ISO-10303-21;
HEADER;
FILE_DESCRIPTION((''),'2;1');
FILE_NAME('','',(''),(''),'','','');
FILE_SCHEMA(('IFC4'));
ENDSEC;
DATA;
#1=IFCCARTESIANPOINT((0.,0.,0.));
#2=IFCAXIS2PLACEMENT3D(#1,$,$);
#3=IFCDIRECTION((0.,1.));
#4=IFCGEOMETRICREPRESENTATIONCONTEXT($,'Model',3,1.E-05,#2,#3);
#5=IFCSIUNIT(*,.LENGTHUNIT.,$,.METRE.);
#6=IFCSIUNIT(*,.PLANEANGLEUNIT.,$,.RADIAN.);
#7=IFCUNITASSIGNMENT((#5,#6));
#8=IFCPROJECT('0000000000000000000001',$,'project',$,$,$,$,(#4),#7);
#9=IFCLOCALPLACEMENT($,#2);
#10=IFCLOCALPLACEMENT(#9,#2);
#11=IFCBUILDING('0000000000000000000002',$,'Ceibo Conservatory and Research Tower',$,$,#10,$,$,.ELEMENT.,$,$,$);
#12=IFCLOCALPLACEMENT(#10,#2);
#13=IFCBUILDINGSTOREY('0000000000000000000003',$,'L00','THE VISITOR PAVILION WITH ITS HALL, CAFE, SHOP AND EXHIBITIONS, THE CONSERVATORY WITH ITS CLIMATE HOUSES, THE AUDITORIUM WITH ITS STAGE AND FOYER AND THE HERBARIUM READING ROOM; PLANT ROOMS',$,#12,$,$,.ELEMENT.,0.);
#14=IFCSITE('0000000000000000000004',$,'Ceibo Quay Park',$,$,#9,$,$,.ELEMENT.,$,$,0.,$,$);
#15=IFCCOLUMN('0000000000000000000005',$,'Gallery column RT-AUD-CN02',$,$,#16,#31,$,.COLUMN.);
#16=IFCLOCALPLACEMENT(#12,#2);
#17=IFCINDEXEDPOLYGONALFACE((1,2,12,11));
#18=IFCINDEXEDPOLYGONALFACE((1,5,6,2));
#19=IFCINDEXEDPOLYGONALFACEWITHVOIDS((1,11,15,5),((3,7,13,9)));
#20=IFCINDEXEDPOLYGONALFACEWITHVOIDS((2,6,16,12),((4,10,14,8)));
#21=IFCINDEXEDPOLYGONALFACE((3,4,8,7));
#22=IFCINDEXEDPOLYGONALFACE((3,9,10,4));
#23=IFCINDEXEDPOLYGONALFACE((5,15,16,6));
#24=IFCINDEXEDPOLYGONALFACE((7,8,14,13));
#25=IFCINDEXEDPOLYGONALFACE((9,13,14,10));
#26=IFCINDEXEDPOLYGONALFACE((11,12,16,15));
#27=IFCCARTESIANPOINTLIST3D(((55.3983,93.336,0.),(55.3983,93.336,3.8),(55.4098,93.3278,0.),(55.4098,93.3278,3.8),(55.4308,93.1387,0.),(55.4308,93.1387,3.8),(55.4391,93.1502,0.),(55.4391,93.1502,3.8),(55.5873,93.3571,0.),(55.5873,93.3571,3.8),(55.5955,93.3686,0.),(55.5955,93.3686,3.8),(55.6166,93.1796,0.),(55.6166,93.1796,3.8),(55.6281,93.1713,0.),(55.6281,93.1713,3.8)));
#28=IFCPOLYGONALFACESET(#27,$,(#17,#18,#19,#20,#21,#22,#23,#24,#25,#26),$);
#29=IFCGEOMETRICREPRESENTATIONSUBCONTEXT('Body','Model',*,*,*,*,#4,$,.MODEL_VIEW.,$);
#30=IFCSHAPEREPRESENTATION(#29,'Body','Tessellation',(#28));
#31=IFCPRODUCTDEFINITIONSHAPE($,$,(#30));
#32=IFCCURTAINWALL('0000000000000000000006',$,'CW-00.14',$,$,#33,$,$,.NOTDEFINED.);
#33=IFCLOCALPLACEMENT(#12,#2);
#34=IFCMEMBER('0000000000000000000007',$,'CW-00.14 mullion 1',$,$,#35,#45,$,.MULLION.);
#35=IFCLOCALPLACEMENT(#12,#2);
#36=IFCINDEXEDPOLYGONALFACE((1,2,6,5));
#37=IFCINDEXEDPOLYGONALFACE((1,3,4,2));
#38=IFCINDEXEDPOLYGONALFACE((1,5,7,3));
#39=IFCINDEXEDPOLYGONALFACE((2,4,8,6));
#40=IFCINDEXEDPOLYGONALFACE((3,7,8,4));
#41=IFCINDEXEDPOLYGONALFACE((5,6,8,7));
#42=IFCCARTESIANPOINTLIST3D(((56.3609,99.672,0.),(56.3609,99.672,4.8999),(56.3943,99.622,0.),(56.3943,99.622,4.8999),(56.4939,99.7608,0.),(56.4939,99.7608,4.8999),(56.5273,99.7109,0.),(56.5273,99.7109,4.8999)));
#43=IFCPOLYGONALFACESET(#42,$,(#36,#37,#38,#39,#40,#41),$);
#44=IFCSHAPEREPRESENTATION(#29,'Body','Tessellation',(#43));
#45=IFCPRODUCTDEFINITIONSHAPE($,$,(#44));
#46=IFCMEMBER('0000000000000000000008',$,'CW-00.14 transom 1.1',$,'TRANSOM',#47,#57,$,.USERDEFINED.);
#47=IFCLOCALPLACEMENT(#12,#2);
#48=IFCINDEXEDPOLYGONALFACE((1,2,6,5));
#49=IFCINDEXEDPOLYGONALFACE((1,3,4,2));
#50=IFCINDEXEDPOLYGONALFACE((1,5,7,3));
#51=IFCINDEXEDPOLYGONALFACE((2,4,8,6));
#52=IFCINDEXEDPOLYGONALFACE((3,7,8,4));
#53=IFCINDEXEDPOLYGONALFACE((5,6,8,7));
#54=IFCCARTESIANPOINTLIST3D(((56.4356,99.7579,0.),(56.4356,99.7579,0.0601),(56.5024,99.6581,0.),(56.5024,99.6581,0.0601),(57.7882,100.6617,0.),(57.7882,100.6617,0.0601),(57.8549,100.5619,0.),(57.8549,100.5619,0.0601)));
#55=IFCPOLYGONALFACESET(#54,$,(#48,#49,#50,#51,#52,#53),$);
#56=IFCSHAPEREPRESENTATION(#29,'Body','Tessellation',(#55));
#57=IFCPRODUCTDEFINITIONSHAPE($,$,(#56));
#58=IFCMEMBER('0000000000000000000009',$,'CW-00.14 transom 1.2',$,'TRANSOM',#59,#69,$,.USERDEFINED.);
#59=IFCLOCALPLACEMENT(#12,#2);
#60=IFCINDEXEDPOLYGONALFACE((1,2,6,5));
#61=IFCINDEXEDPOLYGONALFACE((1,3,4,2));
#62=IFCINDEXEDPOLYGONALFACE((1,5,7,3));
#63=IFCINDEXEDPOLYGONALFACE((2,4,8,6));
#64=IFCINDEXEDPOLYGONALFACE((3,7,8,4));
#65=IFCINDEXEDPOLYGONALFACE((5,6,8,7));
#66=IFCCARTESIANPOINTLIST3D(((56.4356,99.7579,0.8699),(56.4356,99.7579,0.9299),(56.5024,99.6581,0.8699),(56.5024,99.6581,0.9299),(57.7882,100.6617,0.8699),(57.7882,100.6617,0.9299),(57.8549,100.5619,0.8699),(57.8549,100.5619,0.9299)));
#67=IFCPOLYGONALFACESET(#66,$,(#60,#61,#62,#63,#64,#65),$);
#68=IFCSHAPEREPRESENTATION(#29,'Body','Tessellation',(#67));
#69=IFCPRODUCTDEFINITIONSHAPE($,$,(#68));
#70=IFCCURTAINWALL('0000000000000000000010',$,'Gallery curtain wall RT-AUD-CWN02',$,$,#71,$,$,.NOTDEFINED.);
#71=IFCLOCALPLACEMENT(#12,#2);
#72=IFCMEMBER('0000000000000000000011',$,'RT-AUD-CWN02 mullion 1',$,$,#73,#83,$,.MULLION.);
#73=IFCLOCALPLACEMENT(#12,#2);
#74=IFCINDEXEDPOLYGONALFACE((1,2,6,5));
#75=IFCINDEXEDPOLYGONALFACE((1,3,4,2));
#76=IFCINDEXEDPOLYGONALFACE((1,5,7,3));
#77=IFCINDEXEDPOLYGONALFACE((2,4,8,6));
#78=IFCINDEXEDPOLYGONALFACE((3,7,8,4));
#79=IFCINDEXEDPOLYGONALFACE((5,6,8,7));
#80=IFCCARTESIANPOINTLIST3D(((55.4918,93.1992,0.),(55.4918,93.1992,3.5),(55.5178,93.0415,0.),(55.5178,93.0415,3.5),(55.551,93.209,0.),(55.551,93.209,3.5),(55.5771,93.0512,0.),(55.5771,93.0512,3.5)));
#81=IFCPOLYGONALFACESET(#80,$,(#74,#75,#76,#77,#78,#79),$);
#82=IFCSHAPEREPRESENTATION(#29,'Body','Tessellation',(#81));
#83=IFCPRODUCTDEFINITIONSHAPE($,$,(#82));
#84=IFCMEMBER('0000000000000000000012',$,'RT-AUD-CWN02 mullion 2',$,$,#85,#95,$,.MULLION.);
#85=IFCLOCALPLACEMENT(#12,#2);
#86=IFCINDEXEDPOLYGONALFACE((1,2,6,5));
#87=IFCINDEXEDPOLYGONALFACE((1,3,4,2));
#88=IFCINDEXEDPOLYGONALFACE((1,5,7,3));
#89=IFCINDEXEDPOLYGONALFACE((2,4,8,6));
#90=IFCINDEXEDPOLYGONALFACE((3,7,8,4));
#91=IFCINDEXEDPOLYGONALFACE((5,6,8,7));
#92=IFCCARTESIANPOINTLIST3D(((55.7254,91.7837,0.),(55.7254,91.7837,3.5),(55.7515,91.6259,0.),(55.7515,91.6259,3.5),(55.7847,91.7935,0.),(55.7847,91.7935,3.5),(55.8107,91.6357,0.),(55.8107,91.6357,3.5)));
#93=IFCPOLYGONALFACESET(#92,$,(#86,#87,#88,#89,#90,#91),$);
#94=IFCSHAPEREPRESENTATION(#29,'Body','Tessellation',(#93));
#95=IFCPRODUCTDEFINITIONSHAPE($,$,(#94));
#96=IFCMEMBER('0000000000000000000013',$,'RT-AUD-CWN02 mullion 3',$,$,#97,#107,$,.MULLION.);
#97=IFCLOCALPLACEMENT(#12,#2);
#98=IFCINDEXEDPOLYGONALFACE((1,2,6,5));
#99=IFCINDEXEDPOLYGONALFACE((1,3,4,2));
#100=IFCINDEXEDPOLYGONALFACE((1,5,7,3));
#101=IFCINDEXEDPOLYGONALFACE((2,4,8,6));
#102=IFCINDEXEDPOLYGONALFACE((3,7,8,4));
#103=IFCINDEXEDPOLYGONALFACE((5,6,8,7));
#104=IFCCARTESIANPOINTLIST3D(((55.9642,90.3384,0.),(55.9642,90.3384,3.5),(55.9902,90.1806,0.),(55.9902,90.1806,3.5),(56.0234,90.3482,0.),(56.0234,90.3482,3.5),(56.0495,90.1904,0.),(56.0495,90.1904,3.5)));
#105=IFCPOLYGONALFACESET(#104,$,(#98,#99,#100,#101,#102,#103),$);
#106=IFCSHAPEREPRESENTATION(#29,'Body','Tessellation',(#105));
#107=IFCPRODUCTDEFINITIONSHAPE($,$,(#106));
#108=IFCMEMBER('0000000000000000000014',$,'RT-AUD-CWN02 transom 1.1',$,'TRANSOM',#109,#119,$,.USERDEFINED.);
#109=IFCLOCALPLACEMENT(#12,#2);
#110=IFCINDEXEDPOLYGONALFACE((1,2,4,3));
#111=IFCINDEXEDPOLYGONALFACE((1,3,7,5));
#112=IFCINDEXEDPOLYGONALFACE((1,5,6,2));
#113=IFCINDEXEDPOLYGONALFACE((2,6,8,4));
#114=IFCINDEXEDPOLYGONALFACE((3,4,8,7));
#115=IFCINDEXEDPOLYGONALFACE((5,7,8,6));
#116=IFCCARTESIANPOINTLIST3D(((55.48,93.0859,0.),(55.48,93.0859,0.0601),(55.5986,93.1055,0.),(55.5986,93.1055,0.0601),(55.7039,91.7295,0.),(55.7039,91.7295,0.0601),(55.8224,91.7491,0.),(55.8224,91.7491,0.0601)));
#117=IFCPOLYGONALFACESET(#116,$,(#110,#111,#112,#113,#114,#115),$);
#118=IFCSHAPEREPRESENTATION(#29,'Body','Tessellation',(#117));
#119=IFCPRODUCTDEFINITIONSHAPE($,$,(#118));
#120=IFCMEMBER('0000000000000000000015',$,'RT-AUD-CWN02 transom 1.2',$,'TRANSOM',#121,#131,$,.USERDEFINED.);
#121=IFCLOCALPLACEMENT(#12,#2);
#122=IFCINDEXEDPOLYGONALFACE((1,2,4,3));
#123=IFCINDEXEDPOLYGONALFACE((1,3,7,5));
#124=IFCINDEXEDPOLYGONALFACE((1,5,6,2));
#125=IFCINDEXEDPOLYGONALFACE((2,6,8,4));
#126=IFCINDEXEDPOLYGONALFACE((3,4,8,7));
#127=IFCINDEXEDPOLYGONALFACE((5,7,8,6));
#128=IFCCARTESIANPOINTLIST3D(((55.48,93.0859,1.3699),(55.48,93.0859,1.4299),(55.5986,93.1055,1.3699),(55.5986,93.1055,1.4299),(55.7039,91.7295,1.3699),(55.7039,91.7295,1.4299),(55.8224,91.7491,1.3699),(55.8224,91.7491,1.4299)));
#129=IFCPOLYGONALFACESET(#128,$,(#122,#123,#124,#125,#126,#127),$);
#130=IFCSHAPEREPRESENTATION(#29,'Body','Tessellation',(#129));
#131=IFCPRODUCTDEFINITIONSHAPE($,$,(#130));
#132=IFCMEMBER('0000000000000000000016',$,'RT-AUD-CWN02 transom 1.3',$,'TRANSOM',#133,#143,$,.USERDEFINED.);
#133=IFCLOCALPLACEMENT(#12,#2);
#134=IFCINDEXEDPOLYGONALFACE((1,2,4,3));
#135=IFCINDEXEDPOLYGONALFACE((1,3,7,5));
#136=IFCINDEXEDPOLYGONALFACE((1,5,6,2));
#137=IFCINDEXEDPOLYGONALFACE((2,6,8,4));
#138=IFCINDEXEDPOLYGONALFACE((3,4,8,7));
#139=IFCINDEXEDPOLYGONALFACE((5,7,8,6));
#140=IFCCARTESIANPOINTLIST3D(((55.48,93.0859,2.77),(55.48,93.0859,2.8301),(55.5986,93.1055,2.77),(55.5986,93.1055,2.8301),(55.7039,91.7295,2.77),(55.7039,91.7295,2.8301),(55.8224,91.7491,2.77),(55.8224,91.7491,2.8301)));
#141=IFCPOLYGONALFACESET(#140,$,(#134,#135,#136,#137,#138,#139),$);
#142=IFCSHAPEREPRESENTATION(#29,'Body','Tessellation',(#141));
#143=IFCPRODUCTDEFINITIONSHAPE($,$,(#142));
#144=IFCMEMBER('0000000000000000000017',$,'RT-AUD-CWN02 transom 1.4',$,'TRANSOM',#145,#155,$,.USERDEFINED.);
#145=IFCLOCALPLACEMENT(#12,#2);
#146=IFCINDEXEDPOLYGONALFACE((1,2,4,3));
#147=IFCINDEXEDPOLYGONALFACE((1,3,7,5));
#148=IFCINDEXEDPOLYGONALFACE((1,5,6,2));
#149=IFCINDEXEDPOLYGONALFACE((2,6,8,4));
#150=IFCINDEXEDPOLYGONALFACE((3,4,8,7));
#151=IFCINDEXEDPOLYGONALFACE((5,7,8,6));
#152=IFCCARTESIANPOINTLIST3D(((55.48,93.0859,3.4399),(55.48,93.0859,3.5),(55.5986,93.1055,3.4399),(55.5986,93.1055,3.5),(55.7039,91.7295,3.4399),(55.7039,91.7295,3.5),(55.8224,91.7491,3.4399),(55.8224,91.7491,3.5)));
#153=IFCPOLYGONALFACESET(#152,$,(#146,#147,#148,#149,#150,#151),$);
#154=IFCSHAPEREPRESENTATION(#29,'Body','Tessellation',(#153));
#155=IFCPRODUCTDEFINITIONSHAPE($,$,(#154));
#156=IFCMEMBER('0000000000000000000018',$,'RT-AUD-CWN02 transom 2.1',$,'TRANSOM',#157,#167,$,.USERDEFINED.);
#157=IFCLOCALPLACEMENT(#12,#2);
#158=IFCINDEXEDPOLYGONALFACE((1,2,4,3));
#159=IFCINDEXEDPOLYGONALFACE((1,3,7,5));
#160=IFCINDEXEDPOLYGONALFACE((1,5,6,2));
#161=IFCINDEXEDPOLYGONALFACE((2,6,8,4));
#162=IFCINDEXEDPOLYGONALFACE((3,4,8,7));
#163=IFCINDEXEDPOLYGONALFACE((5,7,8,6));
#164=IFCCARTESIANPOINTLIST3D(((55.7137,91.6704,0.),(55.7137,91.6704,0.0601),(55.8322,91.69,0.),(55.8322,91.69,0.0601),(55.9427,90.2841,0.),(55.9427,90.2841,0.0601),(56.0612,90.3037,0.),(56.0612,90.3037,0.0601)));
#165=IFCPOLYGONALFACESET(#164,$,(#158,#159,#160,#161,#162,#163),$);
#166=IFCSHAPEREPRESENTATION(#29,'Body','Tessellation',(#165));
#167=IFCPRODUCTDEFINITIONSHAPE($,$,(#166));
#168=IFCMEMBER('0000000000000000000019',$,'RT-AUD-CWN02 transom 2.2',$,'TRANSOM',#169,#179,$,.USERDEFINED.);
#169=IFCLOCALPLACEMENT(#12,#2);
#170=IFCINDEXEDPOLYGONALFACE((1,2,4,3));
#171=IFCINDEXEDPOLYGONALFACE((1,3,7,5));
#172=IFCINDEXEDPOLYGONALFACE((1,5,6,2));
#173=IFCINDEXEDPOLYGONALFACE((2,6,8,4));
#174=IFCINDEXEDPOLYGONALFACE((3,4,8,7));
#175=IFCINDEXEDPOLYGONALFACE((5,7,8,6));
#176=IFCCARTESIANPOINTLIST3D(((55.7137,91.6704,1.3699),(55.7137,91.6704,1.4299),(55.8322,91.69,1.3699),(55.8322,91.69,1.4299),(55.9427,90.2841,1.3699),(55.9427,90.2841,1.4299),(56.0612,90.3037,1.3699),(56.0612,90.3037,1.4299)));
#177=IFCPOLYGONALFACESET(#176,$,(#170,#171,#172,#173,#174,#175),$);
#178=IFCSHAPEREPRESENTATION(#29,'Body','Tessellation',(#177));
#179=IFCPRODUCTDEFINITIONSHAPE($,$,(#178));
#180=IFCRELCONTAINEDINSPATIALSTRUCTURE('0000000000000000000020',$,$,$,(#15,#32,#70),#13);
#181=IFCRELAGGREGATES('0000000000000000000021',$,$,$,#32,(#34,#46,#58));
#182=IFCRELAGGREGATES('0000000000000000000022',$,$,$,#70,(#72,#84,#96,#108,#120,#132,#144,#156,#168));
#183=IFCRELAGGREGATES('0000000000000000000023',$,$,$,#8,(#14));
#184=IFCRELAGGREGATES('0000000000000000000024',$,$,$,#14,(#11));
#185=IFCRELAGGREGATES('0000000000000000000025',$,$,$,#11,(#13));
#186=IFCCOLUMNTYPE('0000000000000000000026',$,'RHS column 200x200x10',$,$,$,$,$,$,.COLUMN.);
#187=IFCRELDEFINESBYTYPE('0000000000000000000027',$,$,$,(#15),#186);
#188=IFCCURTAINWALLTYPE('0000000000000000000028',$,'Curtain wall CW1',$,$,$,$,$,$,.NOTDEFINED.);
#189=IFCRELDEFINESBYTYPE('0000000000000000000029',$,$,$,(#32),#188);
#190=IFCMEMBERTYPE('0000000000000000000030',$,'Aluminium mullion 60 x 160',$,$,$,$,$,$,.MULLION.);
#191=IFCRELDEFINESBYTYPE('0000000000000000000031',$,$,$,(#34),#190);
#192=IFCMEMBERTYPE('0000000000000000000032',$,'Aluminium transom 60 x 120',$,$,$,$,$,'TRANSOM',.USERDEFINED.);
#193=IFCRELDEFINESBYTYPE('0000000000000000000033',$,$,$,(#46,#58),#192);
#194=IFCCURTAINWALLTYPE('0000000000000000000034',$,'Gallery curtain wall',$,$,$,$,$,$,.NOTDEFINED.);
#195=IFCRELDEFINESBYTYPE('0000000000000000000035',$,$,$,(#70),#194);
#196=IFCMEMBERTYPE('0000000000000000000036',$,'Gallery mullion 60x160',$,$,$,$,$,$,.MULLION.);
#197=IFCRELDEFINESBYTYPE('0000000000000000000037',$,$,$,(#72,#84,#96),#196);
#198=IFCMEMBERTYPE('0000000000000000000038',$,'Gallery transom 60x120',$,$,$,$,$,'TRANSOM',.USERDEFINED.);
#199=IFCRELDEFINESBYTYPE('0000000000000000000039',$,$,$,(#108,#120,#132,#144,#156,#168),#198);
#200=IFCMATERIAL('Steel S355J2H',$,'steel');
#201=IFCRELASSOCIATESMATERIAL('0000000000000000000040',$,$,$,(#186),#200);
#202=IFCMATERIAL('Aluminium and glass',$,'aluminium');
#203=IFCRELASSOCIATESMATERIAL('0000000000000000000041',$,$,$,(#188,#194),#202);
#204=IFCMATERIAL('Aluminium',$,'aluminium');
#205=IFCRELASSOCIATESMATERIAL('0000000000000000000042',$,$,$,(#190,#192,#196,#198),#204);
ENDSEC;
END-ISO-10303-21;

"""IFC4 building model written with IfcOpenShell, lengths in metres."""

from ifc_helpers import new_model, si_unit, direction, frame, origin, origin_2d, place, context, subcontext, project, spatial, rectangle, hollow_rectangle, extrude, material, material_profile, profile_set, type_object, element, aggregate, save


model = new_model("IFC4")

# Units and contexts
model_context = context("Model", 3, precision=1e-05, world=origin(), true_north=direction((0.0, 1.0)))
body_context = subcontext(model_context, "Body", "Model", "MODEL_VIEW")
ifc_project = project(units=[si_unit("LENGTHUNIT", "METRE"), si_unit("PLANEANGLEUNIT", "RADIAN")], contexts=[model_context])

# Site, building, storey
site_placement = place(None, origin())
site = spatial("IfcSite", under=ifc_project, at=site_placement, Name="Ceibo Quay Park", CompositionType="ELEMENT", RefElevation=0.0)
building_placement = place(site_placement, origin())
building = spatial("IfcBuilding", under=site, at=building_placement, Name="Ceibo Conservatory and Research Tower", CompositionType="ELEMENT")
storey_placement = place(building_placement, origin())
storey = spatial("IfcBuildingStorey", under=building, at=storey_placement, Name="L00", Description="THE VISITOR PAVILION WITH ITS HALL, CAFE, SHOP AND EXHIBITIONS, THE CONSERVATORY WITH ITS CLIMATE HOUSES, THE AUDITORIUM WITH ITS STAGE AND FOYER AND THE HERBARIUM READING ROOM; PLANT ROOMS", CompositionType="ELEMENT", Elevation=0.0)

# Column
ifc_material_1 = material(Name="Steel S355J2H", Category="steel")
ifc_material_profile_1 = material_profile(ifc_material_1, hollow_rectangle(XDim=0.2, YDim=0.2, WallThickness=0.01, at=origin_2d()), Name="RHS column 200x200x10")
ifc_profile_set_1 = profile_set([ifc_material_profile_1], Name="Steel S355J2H")
column_type = type_object("IfcColumnType", Name="RHS column 200x200x10", PredefinedType="COLUMN", material=ifc_profile_set_1)
column_placement = place(storey_placement, frame((55.5132, 93.2537, 0.0), z_axis=(0.0, 0.0, 1.0), x_axis=(0.162895, -0.986643, 0.0)))
element("IfcColumn", 1, at=column_placement, inside=storey, type_object=column_type, Name="Gallery column RT-AUD-CN02", PredefinedType="COLUMN", context=body_context, shape_type="SweptSolid", body=[
    extrude(hollow_rectangle(XDim=0.2, YDim=0.2, WallThickness=0.01, at=origin_2d()), origin(), (0.0, 0.0, 1.0), 3.8),
])

# Curtain walls, members
ifc_material_2 = material(Name="Aluminium and glass", Category="aluminium")
curtain_wall_type_1 = type_object("IfcCurtainWallType", Name="Curtain wall CW1", PredefinedType="NOTDEFINED", material=ifc_material_2)
curtain_wall_1_placement = place(storey_placement, origin())
curtain_wall_1 = element("IfcCurtainWall", 2, at=curtain_wall_1_placement, inside=storey, type_object=curtain_wall_type_1, Name="CW-00.14", PredefinedType="NOTDEFINED")
ifc_material_3 = material(Name="Aluminium", Category="aluminium")
ifc_material_profile_2 = material_profile(ifc_material_3, rectangle(XDim=0.0601, YDim=0.1599, at=origin_2d()), Name="Aluminium 60 x 160")
ifc_profile_set_2 = profile_set([ifc_material_profile_2], Name="Aluminium")
member_type_1 = type_object("IfcMemberType", Name="Aluminium mullion 60 x 160", PredefinedType="MULLION", material=ifc_profile_set_2)
member_1_placement = place(storey_placement, frame((56.4441, 99.6914, 0.0), z_axis=(0.0, 0.0, 1.0), x_axis=(-0.55557, 0.83147, 0.0)))
member_1 = element("IfcMember", 3, at=member_1_placement, type_object=member_type_1, Name="CW-00.14 mullion 1", PredefinedType="MULLION", context=body_context, shape_type="SweptSolid", body=[
    extrude(rectangle(XDim=0.0601, YDim=0.1599, at=origin_2d()), origin(), (0.0, 0.0, 1.0), 4.8999),
])
ifc_material_profile_3 = material_profile(ifc_material_3, rectangle(XDim=0.1201, YDim=0.0601, at=origin_2d()), Name="Aluminium 60 x 120")
ifc_profile_set_3 = profile_set([ifc_material_profile_3], Name="Aluminium")
member_type_2 = type_object("IfcMemberType", Name="Aluminium transom 60 x 120", ElementType="TRANSOM", PredefinedType="USERDEFINED", material=ifc_profile_set_3)
member_2_placement = place(storey_placement, frame((56.469, 99.708, 0.03), z_axis=(0.831449, 0.5556, 0.0), x_axis=(-0.5556, 0.831449, 0.0)))
member_2 = element("IfcMember", 4, at=member_2_placement, type_object=member_type_2, Name="CW-00.14 transom 1.1", ObjectType="TRANSOM", PredefinedType="USERDEFINED", context=body_context, shape_type="SweptSolid", body=[
    extrude(rectangle(XDim=0.1201, YDim=0.0601, at=origin_2d()), origin(), (0.0, 0.0, 1.0), 1.6267),
])
member_3_placement = place(storey_placement, frame((56.469, 99.708, 0.8999), z_axis=(0.831449, 0.5556, 0.0), x_axis=(-0.5556, 0.831449, 0.0)))
member_3 = element("IfcMember", 5, at=member_3_placement, type_object=member_type_2, Name="CW-00.14 transom 1.2", ObjectType="TRANSOM", PredefinedType="USERDEFINED", context=body_context, shape_type="SweptSolid", body=[
    extrude(rectangle(XDim=0.1201, YDim=0.0601, at=origin_2d()), origin(), (0.0, 0.0, 1.0), 1.6267),
])
aggregate(curtain_wall_1, [member_1, member_2, member_3])
curtain_wall_type_2 = type_object("IfcCurtainWallType", Name="Gallery curtain wall", PredefinedType="NOTDEFINED", material=ifc_material_2)
curtain_wall_2_placement = place(storey_placement, origin())
curtain_wall_2 = element("IfcCurtainWall", 6, at=curtain_wall_2_placement, inside=storey, type_object=curtain_wall_type_2, Name="Gallery curtain wall RT-AUD-CWN02", PredefinedType="NOTDEFINED")
ifc_material_profile_4 = material_profile(ifc_material_3, rectangle(XDim=0.0601, YDim=0.1599, at=origin_2d()), Name="AL 60x160")
ifc_profile_set_4 = profile_set([ifc_material_profile_4], Name="Aluminium")
member_type_3 = type_object("IfcMemberType", Name="Gallery mullion 60x160", PredefinedType="MULLION", material=ifc_profile_set_4)
member_4_placement = place(storey_placement, frame((55.5344, 93.1252, 0.0), z_axis=(0.0, 0.0, 1.0), x_axis=(0.986643, 0.162895, 0.0)))
member_4 = element("IfcMember", 7, at=member_4_placement, type_object=member_type_3, Name="RT-AUD-CWN02 mullion 1", PredefinedType="MULLION", context=body_context, shape_type="SweptSolid", body=[
    extrude(rectangle(XDim=0.0601, YDim=0.1599, at=origin_2d()), origin(), (0.0, 0.0, 1.0), 3.5),
])
member_5_placement = place(storey_placement, frame((55.7681, 91.7097, 0.0), z_axis=(0.0, 0.0, 1.0), x_axis=(0.986643, 0.162895, 0.0)))
member_5 = element("IfcMember", 8, at=member_5_placement, type_object=member_type_3, Name="RT-AUD-CWN02 mullion 2", PredefinedType="MULLION", context=body_context, shape_type="SweptSolid", body=[
    extrude(rectangle(XDim=0.0601, YDim=0.1599, at=origin_2d()), origin(), (0.0, 0.0, 1.0), 3.5),
])
member_6_placement = place(storey_placement, frame((56.0068, 90.2644, 0.0), z_axis=(0.0, 0.0, 1.0), x_axis=(0.986643, 0.162895, 0.0)))
member_6 = element("IfcMember", 9, at=member_6_placement, type_object=member_type_3, Name="RT-AUD-CWN02 mullion 3", PredefinedType="MULLION", context=body_context, shape_type="SweptSolid", body=[
    extrude(rectangle(XDim=0.0601, YDim=0.1599, at=origin_2d()), origin(), (0.0, 0.0, 1.0), 3.5),
])
ifc_material_profile_5 = material_profile(ifc_material_3, rectangle(XDim=0.1201, YDim=0.0601, at=origin_2d()), Name="AL 60x120")
ifc_profile_set_5 = profile_set([ifc_material_profile_5], Name="Aluminium")
member_type_4 = type_object("IfcMemberType", Name="Gallery transom 60x120", ElementType="TRANSOM", PredefinedType="USERDEFINED", material=ifc_profile_set_5)
member_7_placement = place(storey_placement, frame((55.5393, 93.0957, 0.03), z_axis=(0.162844, -0.986652, 0.0), x_axis=(0.986652, 0.162844, 0.0)))
member_7 = element("IfcMember", 10, at=member_7_placement, type_object=member_type_4, Name="RT-AUD-CWN02 transom 1.1", ObjectType="TRANSOM", PredefinedType="USERDEFINED", context=body_context, shape_type="SweptSolid", body=[
    extrude(rectangle(XDim=0.1201, YDim=0.0601, at=origin_2d()), origin(), (0.0, 0.0, 1.0), 1.3748),
])
member_8_placement = place(storey_placement, frame((55.5393, 93.0957, 1.3999), z_axis=(0.162844, -0.986652, 0.0), x_axis=(0.986652, 0.162844, 0.0)))
member_8 = element("IfcMember", 11, at=member_8_placement, type_object=member_type_4, Name="RT-AUD-CWN02 transom 1.2", ObjectType="TRANSOM", PredefinedType="USERDEFINED", context=body_context, shape_type="SweptSolid", body=[
    extrude(rectangle(XDim=0.1201, YDim=0.0601, at=origin_2d()), origin(), (0.0, 0.0, 1.0), 1.3748),
])
member_9_placement = place(storey_placement, frame((55.5393, 93.0957, 2.8), z_axis=(0.162844, -0.986652, 0.0), x_axis=(0.986652, 0.162844, 0.0)))
member_9 = element("IfcMember", 12, at=member_9_placement, type_object=member_type_4, Name="RT-AUD-CWN02 transom 1.3", ObjectType="TRANSOM", PredefinedType="USERDEFINED", context=body_context, shape_type="SweptSolid", body=[
    extrude(rectangle(XDim=0.1201, YDim=0.0601, at=origin_2d()), origin(), (0.0, 0.0, 1.0), 1.3748),
])
member_10_placement = place(storey_placement, frame((55.5393, 93.0957, 3.47), z_axis=(0.162844, -0.986652, 0.0), x_axis=(0.986652, 0.162844, 0.0)))
member_10 = element("IfcMember", 13, at=member_10_placement, type_object=member_type_4, Name="RT-AUD-CWN02 transom 1.4", ObjectType="TRANSOM", PredefinedType="USERDEFINED", context=body_context, shape_type="SweptSolid", body=[
    extrude(rectangle(XDim=0.1201, YDim=0.0601, at=origin_2d()), origin(), (0.0, 0.0, 1.0), 1.3748),
])
member_11_placement = place(storey_placement, frame((55.7729, 91.6802, 0.03), z_axis=(0.16299, -0.986628, 0.0), x_axis=(0.986628, 0.16299, 0.0)))
member_11 = element("IfcMember", 14, at=member_11_placement, type_object=member_type_4, Name="RT-AUD-CWN02 transom 2.1", ObjectType="TRANSOM", PredefinedType="USERDEFINED", context=body_context, shape_type="SweptSolid", body=[
    extrude(rectangle(XDim=0.1201, YDim=0.0601, at=origin_2d()), origin(), (0.0, 0.0, 1.0), 1.405),
])
member_12_placement = place(storey_placement, frame((55.7729, 91.6802, 1.3999), z_axis=(0.16299, -0.986628, 0.0), x_axis=(0.986628, 0.16299, 0.0)))
member_12 = element("IfcMember", 15, at=member_12_placement, type_object=member_type_4, Name="RT-AUD-CWN02 transom 2.2", ObjectType="TRANSOM", PredefinedType="USERDEFINED", context=body_context, shape_type="SweptSolid", body=[
    extrude(rectangle(XDim=0.1201, YDim=0.0601, at=origin_2d()), origin(), (0.0, 0.0, 1.0), 1.405),
])

aggregate(curtain_wall_2, [member_4, member_5, member_6, member_7, member_8, member_9, member_10, member_11, member_12])

save(model, "model.ifc")
